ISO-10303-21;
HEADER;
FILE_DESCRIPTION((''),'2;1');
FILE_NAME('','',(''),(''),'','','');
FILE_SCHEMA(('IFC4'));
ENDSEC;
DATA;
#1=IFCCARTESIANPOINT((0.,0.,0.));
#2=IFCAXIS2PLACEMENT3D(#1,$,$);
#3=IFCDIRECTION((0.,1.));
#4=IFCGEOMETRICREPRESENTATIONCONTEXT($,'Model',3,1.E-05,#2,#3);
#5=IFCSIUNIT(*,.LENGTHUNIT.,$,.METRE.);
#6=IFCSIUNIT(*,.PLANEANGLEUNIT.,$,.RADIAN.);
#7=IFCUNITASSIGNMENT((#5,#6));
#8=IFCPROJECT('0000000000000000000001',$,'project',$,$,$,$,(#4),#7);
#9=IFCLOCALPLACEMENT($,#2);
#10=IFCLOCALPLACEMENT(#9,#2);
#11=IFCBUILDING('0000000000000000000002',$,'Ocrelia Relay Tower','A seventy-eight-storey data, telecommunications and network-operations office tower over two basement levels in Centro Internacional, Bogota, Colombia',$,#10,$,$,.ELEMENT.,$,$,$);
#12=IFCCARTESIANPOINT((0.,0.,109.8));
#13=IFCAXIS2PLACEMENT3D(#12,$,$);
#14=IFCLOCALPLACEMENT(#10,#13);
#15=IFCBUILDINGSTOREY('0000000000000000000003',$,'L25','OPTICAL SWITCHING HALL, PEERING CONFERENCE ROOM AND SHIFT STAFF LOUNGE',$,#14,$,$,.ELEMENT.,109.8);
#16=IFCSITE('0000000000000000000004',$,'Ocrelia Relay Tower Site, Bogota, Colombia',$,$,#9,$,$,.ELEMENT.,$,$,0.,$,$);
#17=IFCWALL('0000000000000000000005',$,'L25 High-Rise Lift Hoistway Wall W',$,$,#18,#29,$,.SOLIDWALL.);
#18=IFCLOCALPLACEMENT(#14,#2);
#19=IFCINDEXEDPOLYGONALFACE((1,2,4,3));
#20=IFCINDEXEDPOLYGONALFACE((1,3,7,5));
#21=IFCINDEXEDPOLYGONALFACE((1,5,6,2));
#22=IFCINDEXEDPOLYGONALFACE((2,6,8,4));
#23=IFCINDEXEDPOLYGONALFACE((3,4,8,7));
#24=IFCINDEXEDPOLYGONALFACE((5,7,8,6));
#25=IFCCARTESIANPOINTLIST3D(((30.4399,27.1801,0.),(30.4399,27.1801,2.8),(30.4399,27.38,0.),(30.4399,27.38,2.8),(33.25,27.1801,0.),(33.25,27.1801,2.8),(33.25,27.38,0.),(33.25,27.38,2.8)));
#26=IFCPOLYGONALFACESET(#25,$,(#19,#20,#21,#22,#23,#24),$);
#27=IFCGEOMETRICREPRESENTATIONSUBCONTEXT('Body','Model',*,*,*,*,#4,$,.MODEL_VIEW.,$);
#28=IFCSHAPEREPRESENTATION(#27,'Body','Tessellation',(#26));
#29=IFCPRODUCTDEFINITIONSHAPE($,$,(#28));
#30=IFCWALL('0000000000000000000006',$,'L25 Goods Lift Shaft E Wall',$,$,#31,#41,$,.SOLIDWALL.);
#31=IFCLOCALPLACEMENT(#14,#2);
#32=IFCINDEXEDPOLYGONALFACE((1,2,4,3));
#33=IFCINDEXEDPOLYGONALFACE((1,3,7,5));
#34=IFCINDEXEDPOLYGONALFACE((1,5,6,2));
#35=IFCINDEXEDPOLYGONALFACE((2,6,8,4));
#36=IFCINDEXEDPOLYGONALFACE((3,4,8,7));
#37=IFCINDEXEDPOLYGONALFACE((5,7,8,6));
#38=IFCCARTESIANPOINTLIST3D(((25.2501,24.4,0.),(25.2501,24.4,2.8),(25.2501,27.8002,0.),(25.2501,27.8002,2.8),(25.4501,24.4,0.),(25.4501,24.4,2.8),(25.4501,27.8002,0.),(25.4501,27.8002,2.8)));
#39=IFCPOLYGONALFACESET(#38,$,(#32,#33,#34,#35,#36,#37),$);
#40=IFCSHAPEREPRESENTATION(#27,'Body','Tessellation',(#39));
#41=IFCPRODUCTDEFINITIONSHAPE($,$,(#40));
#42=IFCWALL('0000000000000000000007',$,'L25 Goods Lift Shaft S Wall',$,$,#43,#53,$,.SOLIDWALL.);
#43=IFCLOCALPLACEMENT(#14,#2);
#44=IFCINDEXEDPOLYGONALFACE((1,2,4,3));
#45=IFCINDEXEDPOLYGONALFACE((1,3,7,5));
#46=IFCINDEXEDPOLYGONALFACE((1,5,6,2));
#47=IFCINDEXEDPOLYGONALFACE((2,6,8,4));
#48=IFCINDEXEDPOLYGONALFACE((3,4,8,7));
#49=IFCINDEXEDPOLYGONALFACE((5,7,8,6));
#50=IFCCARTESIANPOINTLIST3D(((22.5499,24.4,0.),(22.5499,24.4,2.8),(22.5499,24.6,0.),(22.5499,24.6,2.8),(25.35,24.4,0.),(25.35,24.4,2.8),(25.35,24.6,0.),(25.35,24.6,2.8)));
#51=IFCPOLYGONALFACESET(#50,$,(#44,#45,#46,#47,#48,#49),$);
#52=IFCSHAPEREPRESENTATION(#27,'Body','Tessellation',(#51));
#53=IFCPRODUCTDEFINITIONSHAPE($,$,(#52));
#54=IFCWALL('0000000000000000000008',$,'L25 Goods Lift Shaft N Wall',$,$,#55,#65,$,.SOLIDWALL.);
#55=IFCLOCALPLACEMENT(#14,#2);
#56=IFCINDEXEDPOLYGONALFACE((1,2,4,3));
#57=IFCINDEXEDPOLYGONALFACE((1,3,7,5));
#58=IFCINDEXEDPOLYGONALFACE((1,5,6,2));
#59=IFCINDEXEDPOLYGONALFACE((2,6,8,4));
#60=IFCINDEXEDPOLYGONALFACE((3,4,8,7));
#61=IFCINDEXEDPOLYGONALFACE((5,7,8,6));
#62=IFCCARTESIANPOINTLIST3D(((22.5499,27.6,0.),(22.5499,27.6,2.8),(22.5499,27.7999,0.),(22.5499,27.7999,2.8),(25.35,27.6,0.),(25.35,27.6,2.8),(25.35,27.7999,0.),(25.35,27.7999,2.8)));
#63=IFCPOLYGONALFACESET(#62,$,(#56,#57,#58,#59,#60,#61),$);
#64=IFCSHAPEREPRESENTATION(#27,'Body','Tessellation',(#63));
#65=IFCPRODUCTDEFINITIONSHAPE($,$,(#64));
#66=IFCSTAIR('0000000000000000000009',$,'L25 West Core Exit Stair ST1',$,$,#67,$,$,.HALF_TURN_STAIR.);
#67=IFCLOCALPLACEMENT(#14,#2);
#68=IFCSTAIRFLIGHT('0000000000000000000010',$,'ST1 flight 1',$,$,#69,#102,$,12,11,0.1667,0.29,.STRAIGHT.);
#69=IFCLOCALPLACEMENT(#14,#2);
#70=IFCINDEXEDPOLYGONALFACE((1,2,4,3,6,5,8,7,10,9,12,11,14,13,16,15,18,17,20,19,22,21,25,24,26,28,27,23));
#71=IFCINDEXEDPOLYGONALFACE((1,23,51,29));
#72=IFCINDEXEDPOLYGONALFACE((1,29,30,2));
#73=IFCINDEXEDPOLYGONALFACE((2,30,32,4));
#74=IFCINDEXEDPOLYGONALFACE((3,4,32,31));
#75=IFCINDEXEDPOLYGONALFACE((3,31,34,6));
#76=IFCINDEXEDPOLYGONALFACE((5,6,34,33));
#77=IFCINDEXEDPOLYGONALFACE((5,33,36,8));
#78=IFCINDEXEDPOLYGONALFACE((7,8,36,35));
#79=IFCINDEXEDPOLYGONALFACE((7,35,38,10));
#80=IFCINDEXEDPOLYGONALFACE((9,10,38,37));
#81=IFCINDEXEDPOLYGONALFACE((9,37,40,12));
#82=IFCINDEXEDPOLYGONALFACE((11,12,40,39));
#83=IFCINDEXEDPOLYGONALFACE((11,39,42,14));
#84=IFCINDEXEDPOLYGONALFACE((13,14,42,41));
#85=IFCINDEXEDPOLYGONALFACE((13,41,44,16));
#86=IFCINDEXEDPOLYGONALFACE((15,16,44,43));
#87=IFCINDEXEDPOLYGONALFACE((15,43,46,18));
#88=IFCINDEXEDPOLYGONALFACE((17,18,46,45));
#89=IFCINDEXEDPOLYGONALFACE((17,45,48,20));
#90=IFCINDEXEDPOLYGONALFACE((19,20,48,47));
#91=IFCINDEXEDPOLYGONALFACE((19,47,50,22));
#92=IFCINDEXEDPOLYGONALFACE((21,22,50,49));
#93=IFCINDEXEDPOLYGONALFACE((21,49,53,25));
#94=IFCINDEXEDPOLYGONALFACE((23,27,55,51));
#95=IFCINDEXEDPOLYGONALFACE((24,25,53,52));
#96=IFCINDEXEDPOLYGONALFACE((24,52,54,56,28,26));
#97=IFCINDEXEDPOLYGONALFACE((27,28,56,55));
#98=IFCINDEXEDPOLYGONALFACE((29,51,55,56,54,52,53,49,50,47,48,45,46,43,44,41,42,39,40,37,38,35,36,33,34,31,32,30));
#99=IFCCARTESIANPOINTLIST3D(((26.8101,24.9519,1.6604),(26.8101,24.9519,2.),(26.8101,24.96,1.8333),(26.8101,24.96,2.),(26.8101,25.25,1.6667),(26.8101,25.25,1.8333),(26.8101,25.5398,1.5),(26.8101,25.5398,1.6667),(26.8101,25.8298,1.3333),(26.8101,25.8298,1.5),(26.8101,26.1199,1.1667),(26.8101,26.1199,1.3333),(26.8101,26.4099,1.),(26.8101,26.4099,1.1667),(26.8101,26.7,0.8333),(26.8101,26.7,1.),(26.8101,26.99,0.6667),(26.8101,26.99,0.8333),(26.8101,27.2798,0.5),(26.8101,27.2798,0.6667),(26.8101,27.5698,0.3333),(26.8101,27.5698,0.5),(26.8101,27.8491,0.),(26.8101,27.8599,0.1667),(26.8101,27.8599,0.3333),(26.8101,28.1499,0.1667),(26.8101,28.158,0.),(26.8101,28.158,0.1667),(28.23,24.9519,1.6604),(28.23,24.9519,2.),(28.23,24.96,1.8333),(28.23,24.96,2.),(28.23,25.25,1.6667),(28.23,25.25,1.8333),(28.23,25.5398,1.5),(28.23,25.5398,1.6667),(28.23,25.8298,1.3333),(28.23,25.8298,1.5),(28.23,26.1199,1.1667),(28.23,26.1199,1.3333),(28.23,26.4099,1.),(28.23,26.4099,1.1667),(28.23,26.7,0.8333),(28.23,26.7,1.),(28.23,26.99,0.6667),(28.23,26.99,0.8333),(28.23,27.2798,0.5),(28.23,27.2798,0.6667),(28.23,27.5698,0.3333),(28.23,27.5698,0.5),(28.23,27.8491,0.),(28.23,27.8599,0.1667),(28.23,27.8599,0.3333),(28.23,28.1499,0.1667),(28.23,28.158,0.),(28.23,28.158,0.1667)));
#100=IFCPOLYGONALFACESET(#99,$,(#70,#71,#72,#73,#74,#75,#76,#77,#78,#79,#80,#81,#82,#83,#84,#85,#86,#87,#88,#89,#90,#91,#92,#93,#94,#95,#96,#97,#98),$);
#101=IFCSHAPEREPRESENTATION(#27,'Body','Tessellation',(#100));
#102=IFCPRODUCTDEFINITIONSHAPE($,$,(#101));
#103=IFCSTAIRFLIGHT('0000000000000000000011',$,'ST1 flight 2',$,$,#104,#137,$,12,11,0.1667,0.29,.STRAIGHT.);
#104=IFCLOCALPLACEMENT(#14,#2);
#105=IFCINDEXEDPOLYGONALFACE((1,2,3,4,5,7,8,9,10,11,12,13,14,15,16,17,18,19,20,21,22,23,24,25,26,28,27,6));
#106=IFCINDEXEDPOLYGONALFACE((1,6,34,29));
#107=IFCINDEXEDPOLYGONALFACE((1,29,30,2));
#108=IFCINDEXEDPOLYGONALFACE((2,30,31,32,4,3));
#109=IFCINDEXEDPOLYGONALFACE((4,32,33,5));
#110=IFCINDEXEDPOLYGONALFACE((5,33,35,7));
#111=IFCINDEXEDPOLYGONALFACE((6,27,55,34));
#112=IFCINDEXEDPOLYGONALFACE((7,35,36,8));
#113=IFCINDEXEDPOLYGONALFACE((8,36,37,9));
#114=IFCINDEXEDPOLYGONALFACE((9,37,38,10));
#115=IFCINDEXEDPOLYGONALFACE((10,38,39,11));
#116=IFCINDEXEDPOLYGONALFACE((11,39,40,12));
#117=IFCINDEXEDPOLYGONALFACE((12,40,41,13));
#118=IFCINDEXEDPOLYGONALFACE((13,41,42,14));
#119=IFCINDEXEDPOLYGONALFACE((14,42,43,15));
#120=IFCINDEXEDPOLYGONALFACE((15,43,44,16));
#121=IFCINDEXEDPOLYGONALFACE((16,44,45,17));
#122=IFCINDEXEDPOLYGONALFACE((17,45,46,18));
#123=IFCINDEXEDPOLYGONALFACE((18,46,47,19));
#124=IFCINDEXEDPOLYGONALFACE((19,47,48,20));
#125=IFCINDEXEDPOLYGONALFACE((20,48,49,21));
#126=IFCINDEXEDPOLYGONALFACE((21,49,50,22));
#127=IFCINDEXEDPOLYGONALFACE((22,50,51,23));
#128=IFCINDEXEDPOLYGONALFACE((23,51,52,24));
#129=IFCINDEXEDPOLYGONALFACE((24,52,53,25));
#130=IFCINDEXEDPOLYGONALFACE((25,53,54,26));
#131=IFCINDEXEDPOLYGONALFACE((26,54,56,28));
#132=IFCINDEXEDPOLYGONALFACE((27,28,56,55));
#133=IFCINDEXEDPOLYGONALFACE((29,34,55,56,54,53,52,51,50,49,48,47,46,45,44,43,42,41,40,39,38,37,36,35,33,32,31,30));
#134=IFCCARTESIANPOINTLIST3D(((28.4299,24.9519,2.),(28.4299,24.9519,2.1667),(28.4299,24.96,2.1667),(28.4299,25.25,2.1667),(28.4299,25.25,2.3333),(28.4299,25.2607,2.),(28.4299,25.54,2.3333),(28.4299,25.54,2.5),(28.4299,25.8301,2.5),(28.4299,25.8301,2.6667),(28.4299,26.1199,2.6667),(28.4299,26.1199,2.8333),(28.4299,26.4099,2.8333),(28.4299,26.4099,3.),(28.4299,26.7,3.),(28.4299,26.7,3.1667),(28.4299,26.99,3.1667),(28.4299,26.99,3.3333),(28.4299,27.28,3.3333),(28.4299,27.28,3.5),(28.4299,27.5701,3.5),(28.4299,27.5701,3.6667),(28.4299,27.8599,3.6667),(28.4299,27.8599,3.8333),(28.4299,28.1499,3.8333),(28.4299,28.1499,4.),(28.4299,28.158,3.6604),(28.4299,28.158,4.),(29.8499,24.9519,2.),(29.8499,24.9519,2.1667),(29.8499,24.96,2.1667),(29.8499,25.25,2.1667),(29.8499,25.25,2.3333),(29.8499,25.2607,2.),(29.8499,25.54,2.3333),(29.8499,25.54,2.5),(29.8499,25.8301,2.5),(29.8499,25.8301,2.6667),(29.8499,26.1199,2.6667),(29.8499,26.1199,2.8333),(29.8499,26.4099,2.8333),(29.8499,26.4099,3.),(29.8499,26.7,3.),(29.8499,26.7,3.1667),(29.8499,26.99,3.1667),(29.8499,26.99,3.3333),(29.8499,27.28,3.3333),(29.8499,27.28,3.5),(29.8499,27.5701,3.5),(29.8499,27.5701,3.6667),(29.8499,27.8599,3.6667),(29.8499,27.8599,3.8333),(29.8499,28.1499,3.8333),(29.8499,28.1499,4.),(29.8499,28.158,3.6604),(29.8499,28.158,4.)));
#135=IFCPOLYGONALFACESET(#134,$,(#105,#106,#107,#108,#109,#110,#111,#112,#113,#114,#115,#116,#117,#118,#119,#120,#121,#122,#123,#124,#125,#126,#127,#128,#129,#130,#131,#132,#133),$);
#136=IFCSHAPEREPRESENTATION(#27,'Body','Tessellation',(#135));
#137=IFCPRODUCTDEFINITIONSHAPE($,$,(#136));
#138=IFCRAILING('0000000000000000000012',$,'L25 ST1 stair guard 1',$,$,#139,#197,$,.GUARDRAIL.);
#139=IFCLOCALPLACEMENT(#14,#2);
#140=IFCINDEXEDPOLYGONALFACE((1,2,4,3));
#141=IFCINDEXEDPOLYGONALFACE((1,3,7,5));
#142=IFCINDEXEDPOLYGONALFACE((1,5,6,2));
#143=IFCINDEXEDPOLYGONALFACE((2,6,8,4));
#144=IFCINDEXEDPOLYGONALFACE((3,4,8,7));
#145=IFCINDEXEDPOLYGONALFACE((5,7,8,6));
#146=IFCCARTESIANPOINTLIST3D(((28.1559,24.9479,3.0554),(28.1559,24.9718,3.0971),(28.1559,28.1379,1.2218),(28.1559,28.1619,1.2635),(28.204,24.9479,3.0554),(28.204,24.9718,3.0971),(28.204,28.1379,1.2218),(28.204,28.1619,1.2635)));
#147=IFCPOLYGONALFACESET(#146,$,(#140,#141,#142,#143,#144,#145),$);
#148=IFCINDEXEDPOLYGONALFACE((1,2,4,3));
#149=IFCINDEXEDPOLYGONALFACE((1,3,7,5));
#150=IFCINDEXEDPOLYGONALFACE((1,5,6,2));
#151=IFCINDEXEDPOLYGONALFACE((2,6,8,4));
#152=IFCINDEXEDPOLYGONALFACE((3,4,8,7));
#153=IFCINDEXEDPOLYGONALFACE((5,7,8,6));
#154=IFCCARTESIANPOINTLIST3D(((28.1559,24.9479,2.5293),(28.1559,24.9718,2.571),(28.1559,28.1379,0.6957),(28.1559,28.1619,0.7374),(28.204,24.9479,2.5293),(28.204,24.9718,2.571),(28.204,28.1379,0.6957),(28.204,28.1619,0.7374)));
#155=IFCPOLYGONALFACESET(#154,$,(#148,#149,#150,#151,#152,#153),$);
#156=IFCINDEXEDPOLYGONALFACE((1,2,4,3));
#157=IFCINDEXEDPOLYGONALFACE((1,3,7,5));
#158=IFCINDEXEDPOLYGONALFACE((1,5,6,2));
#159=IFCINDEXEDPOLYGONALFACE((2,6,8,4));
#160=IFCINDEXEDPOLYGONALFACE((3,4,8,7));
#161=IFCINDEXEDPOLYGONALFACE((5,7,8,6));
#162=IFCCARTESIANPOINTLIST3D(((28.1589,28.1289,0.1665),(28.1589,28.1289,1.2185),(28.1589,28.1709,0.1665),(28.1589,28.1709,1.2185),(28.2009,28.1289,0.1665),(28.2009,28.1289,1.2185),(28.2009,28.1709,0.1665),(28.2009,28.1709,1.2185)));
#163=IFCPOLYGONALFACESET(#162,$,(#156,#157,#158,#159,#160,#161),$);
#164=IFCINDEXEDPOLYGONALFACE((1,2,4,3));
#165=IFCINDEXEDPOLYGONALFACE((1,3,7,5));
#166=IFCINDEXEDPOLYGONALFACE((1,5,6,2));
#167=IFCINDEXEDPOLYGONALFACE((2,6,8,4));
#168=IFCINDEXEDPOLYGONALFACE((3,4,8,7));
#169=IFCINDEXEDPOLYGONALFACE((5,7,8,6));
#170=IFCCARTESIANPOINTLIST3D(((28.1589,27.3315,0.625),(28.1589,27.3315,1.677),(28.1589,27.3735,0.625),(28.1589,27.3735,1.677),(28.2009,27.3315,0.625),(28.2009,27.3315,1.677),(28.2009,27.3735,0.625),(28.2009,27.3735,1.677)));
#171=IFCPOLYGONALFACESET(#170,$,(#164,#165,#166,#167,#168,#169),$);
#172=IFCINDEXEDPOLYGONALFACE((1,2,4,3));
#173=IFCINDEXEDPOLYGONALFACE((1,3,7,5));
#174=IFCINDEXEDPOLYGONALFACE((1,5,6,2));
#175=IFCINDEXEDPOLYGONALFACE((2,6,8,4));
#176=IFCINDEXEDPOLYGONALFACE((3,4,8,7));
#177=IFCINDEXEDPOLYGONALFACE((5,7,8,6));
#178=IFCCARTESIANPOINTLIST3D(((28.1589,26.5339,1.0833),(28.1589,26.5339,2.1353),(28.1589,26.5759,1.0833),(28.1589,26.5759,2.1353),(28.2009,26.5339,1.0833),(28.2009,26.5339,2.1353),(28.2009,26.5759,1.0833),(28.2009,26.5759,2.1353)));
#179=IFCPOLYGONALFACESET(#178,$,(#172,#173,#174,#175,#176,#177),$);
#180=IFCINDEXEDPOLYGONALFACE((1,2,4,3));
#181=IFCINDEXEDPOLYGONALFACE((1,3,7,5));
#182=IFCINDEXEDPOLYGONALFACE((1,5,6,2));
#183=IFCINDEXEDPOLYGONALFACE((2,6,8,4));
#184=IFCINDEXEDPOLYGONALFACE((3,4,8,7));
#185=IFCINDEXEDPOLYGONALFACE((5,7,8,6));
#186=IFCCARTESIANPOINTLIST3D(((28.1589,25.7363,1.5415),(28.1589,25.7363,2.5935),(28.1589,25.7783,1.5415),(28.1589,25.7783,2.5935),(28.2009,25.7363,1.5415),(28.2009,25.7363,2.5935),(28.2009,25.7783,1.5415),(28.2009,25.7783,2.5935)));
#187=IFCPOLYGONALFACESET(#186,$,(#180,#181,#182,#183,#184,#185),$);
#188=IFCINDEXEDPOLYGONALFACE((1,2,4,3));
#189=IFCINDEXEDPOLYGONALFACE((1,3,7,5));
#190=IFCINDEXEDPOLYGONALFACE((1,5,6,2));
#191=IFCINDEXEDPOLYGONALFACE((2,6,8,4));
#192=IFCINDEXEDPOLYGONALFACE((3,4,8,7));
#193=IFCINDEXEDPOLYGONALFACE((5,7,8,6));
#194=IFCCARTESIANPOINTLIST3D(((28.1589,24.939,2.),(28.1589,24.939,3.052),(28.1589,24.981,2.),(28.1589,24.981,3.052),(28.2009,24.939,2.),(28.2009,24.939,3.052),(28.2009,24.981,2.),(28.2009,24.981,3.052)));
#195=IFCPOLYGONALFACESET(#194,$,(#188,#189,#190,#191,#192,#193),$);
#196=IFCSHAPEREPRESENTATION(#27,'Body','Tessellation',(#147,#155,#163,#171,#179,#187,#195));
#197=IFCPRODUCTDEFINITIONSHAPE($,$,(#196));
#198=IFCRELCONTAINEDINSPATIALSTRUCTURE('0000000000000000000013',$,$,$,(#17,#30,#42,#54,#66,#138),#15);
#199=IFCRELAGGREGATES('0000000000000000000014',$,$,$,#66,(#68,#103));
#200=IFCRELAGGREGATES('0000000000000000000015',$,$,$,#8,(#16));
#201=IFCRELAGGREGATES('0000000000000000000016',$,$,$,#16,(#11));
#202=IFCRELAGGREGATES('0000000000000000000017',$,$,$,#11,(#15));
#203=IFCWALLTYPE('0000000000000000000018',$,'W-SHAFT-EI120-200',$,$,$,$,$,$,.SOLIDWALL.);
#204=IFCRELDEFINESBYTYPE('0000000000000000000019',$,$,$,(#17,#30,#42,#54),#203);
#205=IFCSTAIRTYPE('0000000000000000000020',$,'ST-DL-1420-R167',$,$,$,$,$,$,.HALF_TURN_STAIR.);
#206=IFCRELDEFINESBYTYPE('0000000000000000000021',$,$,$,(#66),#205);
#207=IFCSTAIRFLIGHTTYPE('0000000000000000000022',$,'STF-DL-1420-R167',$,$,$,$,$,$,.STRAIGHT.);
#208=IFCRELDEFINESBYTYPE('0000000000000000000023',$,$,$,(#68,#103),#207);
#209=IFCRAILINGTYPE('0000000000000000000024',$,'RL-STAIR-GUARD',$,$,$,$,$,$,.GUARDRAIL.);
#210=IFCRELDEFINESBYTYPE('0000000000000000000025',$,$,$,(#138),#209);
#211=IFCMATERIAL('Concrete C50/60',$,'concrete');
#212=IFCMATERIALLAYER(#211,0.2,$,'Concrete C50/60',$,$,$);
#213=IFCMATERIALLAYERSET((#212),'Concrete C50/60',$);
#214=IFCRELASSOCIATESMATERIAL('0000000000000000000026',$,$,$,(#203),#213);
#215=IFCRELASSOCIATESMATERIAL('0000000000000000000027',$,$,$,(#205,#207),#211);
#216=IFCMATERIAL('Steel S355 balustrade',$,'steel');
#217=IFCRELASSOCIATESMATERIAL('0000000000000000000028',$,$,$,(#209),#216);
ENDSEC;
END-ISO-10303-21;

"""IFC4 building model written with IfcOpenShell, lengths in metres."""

from ifc_helpers import new_model, si_unit, direction, frame, frame_2d, origin, origin_2d, place, context, subcontext, project, spatial, polyline, rectangle, outline, extrude, material, layer, layer_set, type_object, element, aggregate, save


model = new_model("IFC4")

# Units and contexts
model_context = context("Model", 3, precision=1e-05, world=origin(), true_north=direction((0.0, 1.0)))
body_context = subcontext(model_context, "Body", "Model", "MODEL_VIEW")
ifc_project = project(units=[si_unit("LENGTHUNIT", "METRE"), si_unit("PLANEANGLEUNIT", "RADIAN")], contexts=[model_context])

# Site, building, storey
site_placement = place(None, origin())
site = spatial("IfcSite", under=ifc_project, at=site_placement, Name="Ocrelia Relay Tower Site, Bogota, Colombia", CompositionType="ELEMENT", RefElevation=0.0)
building_placement = place(site_placement, origin())
building = spatial("IfcBuilding", under=site, at=building_placement, Name="Ocrelia Relay Tower", Description="A seventy-eight-storey data, telecommunications and network-operations office tower over two basement levels in Centro Internacional, Bogota, Colombia", CompositionType="ELEMENT")
storey_placement = place(building_placement, frame((0.0, 0.0, 109.8)))
storey = spatial("IfcBuildingStorey", under=building, at=storey_placement, Name="L25", Description="OPTICAL SWITCHING HALL, PEERING CONFERENCE ROOM AND SHIFT STAFF LOUNGE", CompositionType="ELEMENT", Elevation=109.8)

# Shared definitions
ifc_material_1 = material(Name="Concrete C50/60", Category="concrete")

# Shared definitions
ifc_layer_1 = layer(ifc_material_1, 0.2, Name="Concrete C50/60")
ifc_layer_set_1 = layer_set([ifc_layer_1], Name="Concrete C50/60")
wall_type_1 = type_object("IfcWallType", Name="W-SHAFT-EI120-200", PredefinedType="SOLIDWALL", material=ifc_layer_set_1)

# Wall
wall_1_placement = place(storey_placement, frame((30.4399, 27.28, 0.0), z_axis=(0.0, 0.0, 1.0), x_axis=(1.0, 0.0, 0.0)))
element("IfcWall", 1, at=wall_1_placement, inside=storey, type_object=wall_type_1, Name="L25 High-Rise Lift Hoistway Wall W", PredefinedType="SOLIDWALL", context=body_context, shape_type="SweptSolid", body=[
    extrude(rectangle(XDim=2.8101, YDim=0.2, at=frame_2d((1.405, 0.0))), origin(), (0.0, 0.0, 1.0), 2.8),
])

# Walls
wall_2_placement = place(storey_placement, frame((25.3501, 24.3999, 0.0), z_axis=(0.0, 0.0, 1.0), x_axis=(0.0, 1.0, 0.0)))
element("IfcWall", 2, at=wall_2_placement, inside=storey, type_object=wall_type_1, Name="L25 Goods Lift Shaft E Wall", PredefinedType="SOLIDWALL", context=body_context, shape_type="SweptSolid", body=[
    extrude(rectangle(XDim=3.4001, YDim=0.2, at=frame_2d((1.7002, 0.0))), origin(), (0.0, 0.0, 1.0), 2.8),
])
for number, where, z_axis, x_axis, name in (
    (3, (22.55, 24.5, 0.0), (0.0, 0.0, 1.0), (1.0, 0.0, 0.0), "L25 Goods Lift Shaft S Wall"),
    (4, (22.55, 27.7, 0.0), (0.0, 0.0, 1.0), (1.0, 0.0, 0.0), "L25 Goods Lift Shaft N Wall"),
):
    element("IfcWall", number, at=place(storey_placement, frame(where, z_axis=z_axis, x_axis=x_axis)), inside=storey, type_object=wall_type_1, Name=name, PredefinedType="SOLIDWALL", context=body_context, shape_type="SweptSolid", body=[
        extrude(rectangle(XDim=2.8, YDim=0.2, at=frame_2d((1.3999, 0.0))), origin(), (0.0, 0.0, 1.0), 2.8),
    ])

# Stair, stair flights
stair_type = type_object("IfcStairType", Name="ST-DL-1420-R167", PredefinedType="HALF_TURN_STAIR", material=ifc_material_1)
stair_placement = place(storey_placement, origin())
stair = element("IfcStair", 5, at=stair_placement, inside=storey, type_object=stair_type, Name="L25 West Core Exit Stair ST1", PredefinedType="HALF_TURN_STAIR")
stair_flight_type = type_object("IfcStairFlightType", Name="STF-DL-1420-R167", PredefinedType="STRAIGHT", material=ifc_material_1)
stair_flight_1_placement = place(storey_placement, frame((27.52, 28.1499, 0.0), z_axis=(0.0, 0.0, 1.0), x_axis=(0.0, -1.0, 0.0)))
stair_flight_1 = element("IfcStairFlight", 6, at=stair_flight_1_placement, type_object=stair_flight_type, Name="ST1 flight 1", NumberOfRisers=12, NumberOfTreads=11, PredefinedType="STRAIGHT", RiserHeight=0.1667, TreadLength=0.29, context=body_context, shape_type="SweptSolid", body=[
    extrude(outline(polyline([(-0.0081, 0.0), (-0.0081, 0.1667), (0.0, 0.1667), (0.29, 0.1667), (0.29, 0.3333), (0.5801, 0.3333), (0.5801, 0.5), (0.8701, 0.5), (0.8701, 0.6667), (1.1599, 0.6667), (1.1599, 0.8333), (1.45, 0.8333), (1.45, 1.0), (1.74, 1.0), (1.74, 1.1667), (2.03, 1.1667), (2.03, 1.3333), (2.3201, 1.3333), (2.3201, 1.5), (2.6101, 1.5), (2.6101, 1.6667), (2.8999, 1.6667), (2.8999, 1.8333), (3.1899, 1.8333), (3.1899, 2.0), (3.198, 2.0), (3.198, 1.6604), (0.3008, 0.0), (-0.0081, 0.0)])), frame((0.0, 0.71, 0.0), z_axis=(0.0, -1.0, 0.0), x_axis=(1.0, 0.0, 0.0)), (0.0, 0.0, 1.0), 1.4199),
])
stair_flight_2_placement = place(storey_placement, frame((29.1399, 24.96, 2.0), z_axis=(0.0, 0.0, 1.0), x_axis=(0.0, 1.0, 0.0)))
stair_flight_2 = element("IfcStairFlight", 7, at=stair_flight_2_placement, type_object=stair_flight_type, Name="ST1 flight 2", NumberOfRisers=12, NumberOfTreads=11, PredefinedType="STRAIGHT", RiserHeight=0.1667, TreadLength=0.29, context=body_context, shape_type="SweptSolid", body=[
    extrude(outline(polyline([(-0.0081, 0.0), (-0.0081, 0.1667), (0.0, 0.1667), (0.29, 0.1667), (0.29, 0.3333), (0.5801, 0.3333), (0.5801, 0.5), (0.8701, 0.5), (0.8701, 0.6667), (1.1599, 0.6667), (1.1599, 0.8333), (1.45, 0.8333), (1.45, 1.0), (1.74, 1.0), (1.74, 1.1667), (2.03, 1.1667), (2.03, 1.3333), (2.3201, 1.3333), (2.3201, 1.5), (2.6101, 1.5), (2.6101, 1.6667), (2.8999, 1.6667), (2.8999, 1.8333), (3.1899, 1.8333), (3.1899, 2.0), (3.198, 2.0), (3.198, 1.6604), (0.3008, 0.0), (-0.0081, 0.0)])), frame((0.0, 0.71, 0.0), z_axis=(0.0, -1.0, 0.0), x_axis=(1.0, 0.0, 0.0)), (0.0, 0.0, 1.0), 1.4199),
])
aggregate(stair, [stair_flight_1, stair_flight_2])

# Railing
ifc_material_2 = material(Name="Steel S355 balustrade", Category="steel")
railing_type_1 = type_object("IfcRailingType", Name="RL-STAIR-GUARD", PredefinedType="GUARDRAIL", material=ifc_material_2)
railing_1_placement = place(storey_placement, frame((28.1799, 28.1499, 0.1665)))
element("IfcRailing", 8, at=railing_1_placement, inside=storey, type_object=railing_type_1, Name="L25 ST1 stair guard 1", PredefinedType="GUARDRAIL", context=body_context, shape_type="SweptSolid", body=[
    extrude(rectangle(XDim=0.0481, YDim=0.0481, at=origin_2d()), frame((0.0, 0.0, 1.0762), z_axis=(0.0, -0.866991, 0.498324), x_axis=(1.0, 0.0, 0.0)), (0.0, 0.0, 1.0), 3.6794),
    extrude(rectangle(XDim=0.0481, YDim=0.0481, at=origin_2d()), frame((0.0, 0.0, 0.55), z_axis=(0.0, -0.866991, 0.498324), x_axis=(1.0, 0.0, 0.0)), (0.0, 0.0, 1.0), 3.6794),
    extrude(rectangle(XDim=0.042, YDim=0.042, at=origin_2d()), origin(), (0.0, 0.0, 1.0), 1.052),
    extrude(rectangle(XDim=0.042, YDim=0.042, at=origin_2d()), frame((0.0, -0.7974, 0.4585)), (0.0, 0.0, 1.0), 1.052),
    extrude(rectangle(XDim=0.042, YDim=0.042, at=origin_2d()), frame((0.0, -1.595, 0.9167)), (0.0, 0.0, 1.0), 1.052),
    extrude(rectangle(XDim=0.042, YDim=0.042, at=origin_2d()), frame((0.0, -2.3926, 1.375)), (0.0, 0.0, 1.0), 1.052),
    extrude(rectangle(XDim=0.042, YDim=0.042, at=origin_2d()), frame((0.0, -3.1899, 1.8335)), (0.0, 0.0, 1.0), 1.052),
])

save(model, "model.ifc")
